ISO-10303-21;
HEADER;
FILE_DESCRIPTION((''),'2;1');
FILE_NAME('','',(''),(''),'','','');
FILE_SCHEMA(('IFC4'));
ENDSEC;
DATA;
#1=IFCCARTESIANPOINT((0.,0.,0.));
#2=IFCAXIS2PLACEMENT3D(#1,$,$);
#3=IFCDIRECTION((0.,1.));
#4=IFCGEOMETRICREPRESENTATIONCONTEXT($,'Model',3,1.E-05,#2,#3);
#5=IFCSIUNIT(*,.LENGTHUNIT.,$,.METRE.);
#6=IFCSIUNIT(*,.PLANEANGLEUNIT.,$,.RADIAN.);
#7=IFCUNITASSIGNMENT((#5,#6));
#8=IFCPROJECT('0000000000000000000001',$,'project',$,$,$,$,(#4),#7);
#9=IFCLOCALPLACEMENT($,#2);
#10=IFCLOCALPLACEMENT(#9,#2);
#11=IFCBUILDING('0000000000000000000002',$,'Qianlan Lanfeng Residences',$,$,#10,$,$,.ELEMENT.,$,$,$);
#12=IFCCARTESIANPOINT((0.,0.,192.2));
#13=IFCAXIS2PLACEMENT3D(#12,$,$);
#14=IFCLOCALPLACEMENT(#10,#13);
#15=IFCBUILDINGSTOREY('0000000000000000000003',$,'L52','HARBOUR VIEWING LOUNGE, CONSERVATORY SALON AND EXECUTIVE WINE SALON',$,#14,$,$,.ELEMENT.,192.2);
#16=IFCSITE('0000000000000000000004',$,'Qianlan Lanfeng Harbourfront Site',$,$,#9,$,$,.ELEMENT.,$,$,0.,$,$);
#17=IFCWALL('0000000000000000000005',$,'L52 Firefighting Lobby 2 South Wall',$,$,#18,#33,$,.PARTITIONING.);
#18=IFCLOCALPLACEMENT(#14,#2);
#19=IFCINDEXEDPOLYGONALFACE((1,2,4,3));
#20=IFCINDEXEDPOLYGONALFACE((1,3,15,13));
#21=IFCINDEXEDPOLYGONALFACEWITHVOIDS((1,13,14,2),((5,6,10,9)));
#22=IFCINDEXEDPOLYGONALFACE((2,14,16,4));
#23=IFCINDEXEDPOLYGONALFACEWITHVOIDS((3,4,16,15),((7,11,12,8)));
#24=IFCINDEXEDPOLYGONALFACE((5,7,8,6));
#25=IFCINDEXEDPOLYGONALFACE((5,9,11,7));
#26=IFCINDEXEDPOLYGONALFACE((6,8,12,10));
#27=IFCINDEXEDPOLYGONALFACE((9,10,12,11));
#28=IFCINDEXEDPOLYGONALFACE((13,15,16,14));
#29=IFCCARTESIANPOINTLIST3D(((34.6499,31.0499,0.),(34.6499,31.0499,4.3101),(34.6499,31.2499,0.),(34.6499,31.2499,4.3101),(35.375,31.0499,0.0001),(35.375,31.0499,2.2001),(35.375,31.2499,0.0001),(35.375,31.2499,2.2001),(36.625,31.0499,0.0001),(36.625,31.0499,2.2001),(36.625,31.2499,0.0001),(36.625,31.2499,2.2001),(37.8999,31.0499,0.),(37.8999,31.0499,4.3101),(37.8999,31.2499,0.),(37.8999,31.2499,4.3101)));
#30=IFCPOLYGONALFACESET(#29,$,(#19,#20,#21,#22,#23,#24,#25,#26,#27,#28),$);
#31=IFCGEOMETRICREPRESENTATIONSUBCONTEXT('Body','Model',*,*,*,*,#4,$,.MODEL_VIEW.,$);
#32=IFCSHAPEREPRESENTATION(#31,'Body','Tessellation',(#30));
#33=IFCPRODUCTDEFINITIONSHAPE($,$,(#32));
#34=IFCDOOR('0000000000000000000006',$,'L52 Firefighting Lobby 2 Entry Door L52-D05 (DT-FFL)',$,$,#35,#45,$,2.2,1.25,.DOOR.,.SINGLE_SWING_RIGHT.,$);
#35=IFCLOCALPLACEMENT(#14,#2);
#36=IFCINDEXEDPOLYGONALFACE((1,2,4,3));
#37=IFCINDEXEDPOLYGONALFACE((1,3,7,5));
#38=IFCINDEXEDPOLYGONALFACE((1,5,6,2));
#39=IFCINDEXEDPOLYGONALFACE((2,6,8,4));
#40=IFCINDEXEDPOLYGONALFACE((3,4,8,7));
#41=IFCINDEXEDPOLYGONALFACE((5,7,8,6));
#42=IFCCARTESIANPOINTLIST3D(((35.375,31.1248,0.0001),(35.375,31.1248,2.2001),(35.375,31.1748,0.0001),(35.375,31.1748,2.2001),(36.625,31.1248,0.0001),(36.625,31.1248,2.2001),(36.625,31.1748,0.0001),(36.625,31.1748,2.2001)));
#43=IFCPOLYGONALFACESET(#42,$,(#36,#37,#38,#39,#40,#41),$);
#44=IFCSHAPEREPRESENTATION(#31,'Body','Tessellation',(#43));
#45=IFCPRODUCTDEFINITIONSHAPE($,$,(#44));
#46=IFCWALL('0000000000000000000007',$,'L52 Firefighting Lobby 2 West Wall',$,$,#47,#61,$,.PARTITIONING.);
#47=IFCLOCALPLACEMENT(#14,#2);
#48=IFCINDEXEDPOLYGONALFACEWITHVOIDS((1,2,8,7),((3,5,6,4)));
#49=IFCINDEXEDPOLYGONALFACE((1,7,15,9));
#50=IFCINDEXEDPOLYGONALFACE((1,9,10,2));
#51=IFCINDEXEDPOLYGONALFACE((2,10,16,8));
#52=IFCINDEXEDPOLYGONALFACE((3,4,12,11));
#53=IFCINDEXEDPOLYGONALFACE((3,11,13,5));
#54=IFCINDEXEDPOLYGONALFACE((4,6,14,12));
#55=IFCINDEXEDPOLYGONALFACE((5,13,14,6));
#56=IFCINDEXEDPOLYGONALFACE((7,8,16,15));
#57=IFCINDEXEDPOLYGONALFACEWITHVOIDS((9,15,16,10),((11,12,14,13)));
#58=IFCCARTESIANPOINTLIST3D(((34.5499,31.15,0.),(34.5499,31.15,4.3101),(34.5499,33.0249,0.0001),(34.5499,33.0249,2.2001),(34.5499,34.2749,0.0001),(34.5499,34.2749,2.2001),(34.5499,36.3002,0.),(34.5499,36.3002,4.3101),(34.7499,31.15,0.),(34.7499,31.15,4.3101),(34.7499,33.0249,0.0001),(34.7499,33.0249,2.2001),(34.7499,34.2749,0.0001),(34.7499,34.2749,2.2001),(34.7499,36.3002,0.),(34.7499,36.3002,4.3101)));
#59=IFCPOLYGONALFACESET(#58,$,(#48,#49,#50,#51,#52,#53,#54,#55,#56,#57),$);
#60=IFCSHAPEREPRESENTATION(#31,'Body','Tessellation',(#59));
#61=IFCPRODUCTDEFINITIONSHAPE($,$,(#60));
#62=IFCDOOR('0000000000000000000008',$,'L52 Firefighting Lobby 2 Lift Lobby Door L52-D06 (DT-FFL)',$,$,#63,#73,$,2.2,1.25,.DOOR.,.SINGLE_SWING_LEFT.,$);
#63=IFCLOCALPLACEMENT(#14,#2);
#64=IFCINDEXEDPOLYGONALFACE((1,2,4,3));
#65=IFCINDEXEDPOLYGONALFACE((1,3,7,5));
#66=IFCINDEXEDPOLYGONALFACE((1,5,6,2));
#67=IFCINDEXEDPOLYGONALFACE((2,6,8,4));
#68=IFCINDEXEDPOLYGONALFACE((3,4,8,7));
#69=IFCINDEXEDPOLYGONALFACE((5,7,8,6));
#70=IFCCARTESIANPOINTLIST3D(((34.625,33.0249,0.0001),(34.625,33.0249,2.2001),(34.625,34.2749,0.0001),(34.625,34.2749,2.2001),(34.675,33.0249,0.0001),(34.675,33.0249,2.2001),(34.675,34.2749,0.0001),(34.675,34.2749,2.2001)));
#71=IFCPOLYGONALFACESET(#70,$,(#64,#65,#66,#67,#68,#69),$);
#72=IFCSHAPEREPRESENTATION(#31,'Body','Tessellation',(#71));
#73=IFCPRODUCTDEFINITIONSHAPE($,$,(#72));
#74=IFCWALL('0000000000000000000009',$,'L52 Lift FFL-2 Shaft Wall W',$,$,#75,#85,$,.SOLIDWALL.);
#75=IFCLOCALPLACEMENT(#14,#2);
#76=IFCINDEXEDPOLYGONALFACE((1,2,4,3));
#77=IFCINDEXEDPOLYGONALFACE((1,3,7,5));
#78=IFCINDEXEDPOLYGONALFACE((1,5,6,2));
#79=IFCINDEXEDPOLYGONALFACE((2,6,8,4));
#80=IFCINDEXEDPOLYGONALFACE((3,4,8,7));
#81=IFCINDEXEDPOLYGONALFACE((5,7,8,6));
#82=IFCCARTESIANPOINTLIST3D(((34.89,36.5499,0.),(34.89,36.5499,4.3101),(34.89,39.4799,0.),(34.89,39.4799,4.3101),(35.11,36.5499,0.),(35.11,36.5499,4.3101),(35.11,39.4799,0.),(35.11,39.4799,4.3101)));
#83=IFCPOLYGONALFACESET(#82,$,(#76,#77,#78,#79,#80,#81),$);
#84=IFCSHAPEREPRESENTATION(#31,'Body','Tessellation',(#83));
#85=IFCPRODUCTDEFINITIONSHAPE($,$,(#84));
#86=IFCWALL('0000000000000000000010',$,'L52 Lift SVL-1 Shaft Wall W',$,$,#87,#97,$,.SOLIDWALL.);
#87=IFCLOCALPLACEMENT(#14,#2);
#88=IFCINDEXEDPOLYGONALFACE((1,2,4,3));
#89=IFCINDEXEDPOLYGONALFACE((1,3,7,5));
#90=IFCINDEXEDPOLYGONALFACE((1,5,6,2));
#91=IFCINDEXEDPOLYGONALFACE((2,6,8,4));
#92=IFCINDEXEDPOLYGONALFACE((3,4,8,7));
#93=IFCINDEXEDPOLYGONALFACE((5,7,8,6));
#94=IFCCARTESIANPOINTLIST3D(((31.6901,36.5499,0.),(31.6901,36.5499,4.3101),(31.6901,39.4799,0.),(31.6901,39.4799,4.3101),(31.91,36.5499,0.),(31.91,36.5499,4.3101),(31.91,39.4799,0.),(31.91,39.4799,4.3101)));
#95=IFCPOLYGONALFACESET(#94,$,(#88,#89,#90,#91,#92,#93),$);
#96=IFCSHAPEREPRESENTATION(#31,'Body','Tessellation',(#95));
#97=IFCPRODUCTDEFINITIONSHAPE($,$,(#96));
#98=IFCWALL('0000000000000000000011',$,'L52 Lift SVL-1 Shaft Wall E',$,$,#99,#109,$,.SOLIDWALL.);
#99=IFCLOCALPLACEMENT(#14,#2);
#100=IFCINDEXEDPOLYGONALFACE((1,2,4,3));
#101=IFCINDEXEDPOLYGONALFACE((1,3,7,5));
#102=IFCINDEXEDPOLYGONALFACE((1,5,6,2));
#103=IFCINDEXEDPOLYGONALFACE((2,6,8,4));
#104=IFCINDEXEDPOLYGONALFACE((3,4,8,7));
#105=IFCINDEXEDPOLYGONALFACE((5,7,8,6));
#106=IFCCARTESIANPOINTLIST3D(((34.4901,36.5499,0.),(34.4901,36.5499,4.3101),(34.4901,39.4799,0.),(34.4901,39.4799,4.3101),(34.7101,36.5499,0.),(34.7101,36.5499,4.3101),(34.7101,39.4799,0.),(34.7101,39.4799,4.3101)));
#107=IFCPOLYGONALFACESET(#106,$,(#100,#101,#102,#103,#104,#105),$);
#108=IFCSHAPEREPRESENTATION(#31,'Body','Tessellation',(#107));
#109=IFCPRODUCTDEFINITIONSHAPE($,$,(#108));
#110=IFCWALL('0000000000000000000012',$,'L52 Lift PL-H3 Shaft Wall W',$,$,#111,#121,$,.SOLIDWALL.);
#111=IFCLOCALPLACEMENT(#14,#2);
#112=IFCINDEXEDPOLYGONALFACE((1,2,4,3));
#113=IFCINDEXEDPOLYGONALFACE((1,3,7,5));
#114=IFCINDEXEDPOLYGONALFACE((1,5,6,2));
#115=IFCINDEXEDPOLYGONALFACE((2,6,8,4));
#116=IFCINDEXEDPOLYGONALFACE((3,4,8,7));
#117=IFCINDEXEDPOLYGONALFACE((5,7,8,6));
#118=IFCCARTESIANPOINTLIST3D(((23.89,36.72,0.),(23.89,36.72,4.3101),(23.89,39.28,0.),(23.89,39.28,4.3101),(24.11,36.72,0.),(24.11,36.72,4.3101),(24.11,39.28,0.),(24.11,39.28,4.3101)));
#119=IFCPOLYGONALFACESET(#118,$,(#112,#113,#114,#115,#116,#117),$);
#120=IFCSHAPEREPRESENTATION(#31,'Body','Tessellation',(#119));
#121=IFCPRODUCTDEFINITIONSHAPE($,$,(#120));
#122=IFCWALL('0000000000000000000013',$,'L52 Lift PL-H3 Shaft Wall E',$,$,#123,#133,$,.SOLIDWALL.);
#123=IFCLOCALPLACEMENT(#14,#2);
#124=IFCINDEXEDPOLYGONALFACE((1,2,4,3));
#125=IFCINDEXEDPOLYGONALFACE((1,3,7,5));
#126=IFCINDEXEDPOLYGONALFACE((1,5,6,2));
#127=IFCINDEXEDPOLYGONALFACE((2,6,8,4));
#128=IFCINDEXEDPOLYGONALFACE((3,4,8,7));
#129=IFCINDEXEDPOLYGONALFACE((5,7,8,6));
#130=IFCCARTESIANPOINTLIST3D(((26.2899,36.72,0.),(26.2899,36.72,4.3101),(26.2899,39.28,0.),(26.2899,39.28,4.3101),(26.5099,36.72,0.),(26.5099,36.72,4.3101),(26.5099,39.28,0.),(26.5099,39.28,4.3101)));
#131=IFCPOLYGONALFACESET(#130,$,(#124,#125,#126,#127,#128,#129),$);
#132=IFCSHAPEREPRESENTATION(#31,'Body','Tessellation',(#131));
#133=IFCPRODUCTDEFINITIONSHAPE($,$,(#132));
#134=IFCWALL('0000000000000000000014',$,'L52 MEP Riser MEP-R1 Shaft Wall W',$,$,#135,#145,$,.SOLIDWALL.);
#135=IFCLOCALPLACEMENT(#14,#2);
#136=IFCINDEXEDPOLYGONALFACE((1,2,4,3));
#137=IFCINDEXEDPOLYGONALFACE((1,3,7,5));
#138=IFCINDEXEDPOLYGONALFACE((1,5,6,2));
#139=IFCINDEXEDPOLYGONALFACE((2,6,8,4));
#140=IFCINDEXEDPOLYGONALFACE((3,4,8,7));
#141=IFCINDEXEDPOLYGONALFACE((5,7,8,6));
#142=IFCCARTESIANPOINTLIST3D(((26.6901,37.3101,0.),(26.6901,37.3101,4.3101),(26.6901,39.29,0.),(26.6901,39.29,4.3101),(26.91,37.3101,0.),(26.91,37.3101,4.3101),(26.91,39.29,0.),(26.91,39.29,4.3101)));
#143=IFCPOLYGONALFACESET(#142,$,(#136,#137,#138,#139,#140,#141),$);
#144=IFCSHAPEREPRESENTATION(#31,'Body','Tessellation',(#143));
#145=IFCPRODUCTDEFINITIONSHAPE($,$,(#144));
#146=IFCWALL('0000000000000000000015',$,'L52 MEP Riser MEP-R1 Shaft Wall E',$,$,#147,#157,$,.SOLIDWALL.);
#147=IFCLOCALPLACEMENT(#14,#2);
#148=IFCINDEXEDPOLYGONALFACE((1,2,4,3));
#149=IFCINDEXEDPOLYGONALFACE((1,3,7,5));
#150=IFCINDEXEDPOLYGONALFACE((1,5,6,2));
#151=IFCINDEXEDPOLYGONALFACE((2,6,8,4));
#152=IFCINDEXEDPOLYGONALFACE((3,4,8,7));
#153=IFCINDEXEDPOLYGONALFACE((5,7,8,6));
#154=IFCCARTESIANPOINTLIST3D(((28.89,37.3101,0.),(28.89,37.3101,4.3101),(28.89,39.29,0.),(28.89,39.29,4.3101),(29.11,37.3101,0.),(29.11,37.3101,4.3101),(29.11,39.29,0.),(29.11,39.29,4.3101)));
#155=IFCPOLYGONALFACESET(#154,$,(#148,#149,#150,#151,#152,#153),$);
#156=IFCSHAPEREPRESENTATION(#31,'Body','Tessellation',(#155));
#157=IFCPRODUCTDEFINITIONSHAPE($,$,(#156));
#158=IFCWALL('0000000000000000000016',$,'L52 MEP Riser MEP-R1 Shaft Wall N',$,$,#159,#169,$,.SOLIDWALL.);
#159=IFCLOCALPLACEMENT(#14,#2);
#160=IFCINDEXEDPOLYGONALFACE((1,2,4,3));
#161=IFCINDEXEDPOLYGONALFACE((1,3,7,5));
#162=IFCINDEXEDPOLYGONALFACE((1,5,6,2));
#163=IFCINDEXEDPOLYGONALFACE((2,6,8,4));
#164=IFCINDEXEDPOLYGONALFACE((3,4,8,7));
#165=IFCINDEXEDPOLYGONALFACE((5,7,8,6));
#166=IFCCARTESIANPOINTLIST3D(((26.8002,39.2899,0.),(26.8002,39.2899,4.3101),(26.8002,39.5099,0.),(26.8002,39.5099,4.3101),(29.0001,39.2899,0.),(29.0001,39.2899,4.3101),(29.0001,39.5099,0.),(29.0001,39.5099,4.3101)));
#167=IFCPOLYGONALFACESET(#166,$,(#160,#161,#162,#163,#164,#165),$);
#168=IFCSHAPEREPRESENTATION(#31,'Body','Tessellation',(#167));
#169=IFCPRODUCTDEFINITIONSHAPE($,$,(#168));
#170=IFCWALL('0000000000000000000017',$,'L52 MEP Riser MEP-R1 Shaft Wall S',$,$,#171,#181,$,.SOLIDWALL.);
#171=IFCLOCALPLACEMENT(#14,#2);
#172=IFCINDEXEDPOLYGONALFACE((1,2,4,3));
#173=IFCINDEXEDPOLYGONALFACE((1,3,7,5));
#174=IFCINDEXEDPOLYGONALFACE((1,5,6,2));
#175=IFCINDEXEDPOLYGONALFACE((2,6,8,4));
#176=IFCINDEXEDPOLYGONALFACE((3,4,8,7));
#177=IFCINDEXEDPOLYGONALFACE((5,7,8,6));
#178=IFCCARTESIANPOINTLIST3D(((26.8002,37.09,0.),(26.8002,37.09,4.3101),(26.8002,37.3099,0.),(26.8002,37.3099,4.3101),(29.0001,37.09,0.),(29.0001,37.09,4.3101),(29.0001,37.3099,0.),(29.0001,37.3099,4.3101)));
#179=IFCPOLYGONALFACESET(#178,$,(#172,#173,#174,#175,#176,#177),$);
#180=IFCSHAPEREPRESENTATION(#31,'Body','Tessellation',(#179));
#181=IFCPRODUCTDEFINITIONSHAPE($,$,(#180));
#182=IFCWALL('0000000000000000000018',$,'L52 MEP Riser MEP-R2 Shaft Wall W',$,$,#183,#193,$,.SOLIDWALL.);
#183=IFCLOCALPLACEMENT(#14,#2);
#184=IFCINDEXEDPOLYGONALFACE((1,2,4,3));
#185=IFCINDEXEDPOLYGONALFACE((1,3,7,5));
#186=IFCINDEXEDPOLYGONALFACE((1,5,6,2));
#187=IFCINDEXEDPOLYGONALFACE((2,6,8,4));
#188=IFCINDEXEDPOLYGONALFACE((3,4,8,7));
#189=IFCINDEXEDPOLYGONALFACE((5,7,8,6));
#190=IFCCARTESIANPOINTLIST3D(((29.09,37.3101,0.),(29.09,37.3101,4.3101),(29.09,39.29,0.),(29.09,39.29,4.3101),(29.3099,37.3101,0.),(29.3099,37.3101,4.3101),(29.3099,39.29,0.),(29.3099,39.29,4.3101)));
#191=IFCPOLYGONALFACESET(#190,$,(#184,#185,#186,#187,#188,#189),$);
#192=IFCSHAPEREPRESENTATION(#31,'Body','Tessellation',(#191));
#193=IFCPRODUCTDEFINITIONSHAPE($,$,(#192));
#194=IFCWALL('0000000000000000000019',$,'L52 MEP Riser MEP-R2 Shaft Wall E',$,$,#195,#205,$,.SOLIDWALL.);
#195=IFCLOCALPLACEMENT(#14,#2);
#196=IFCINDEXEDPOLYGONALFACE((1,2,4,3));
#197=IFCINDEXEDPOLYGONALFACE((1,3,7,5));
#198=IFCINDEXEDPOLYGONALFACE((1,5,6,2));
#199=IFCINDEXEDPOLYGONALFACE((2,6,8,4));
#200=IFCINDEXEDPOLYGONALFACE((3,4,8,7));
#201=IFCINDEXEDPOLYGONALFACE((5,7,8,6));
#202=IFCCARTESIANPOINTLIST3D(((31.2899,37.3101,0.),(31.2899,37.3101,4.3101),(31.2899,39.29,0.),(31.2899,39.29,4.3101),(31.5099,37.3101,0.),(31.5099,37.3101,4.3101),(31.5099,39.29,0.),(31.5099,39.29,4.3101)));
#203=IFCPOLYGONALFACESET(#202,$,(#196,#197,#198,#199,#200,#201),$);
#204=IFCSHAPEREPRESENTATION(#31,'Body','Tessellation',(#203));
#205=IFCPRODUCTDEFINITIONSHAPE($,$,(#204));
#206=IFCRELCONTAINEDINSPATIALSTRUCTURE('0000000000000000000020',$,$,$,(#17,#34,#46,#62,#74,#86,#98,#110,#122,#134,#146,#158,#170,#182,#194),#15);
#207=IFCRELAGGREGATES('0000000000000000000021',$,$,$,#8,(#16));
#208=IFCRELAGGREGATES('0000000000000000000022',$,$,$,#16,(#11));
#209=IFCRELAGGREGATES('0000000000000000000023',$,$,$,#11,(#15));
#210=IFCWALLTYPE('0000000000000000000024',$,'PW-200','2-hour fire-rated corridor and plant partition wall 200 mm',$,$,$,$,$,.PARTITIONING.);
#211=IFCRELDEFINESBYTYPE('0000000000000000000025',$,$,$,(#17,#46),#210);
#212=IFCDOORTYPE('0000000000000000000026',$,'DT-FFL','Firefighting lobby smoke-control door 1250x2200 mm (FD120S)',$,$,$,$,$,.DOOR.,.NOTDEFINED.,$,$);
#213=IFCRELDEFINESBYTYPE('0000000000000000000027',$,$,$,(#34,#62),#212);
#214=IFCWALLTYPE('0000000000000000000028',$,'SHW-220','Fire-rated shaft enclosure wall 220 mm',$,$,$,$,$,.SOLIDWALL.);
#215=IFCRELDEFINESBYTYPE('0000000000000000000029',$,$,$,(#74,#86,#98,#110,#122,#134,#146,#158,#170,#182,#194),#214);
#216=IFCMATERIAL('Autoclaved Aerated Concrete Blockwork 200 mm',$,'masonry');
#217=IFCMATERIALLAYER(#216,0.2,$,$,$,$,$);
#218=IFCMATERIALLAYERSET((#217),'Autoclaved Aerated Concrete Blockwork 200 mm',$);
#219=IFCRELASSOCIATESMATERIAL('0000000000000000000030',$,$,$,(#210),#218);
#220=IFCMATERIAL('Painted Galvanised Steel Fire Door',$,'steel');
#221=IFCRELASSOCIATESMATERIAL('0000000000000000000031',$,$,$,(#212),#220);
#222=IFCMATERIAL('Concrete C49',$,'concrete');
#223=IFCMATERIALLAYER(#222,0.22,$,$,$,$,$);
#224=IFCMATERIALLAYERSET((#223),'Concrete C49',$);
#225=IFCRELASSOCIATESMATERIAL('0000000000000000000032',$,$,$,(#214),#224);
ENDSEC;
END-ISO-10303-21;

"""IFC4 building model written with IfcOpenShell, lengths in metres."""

from ifc_helpers import new_model, si_unit, direction, frame, frame_2d, origin, place, context, subcontext, project, spatial, rectangle, extrude, material, layer, layer_set, type_object, element, fill, save


model = new_model("IFC4")

# Units and contexts
model_context = context("Model", 3, precision=1e-05, world=origin(), true_north=direction((0.0, 1.0)))
body_context = subcontext(model_context, "Body", "Model", "MODEL_VIEW")
ifc_project = project(units=[si_unit("LENGTHUNIT", "METRE"), si_unit("PLANEANGLEUNIT", "RADIAN")], contexts=[model_context])

# Site, building, storey
site_placement = place(None, origin())
site = spatial("IfcSite", under=ifc_project, at=site_placement, Name="Qianlan Lanfeng Harbourfront Site", CompositionType="ELEMENT", RefElevation=0.0)
building_placement = place(site_placement, origin())
building = spatial("IfcBuilding", under=site, at=building_placement, Name="Qianlan Lanfeng Residences", CompositionType="ELEMENT")
storey_placement = place(building_placement, frame((0.0, 0.0, 192.2)))
storey = spatial("IfcBuildingStorey", under=building, at=storey_placement, Name="L52", Description="HARBOUR VIEWING LOUNGE, CONSERVATORY SALON AND EXECUTIVE WINE SALON", CompositionType="ELEMENT", Elevation=192.2)

# Walls, openings, doors
ifc_material_1 = material(Name="Autoclaved Aerated Concrete Blockwork 200 mm", Category="masonry")
ifc_layer_1 = layer(ifc_material_1, 0.2)
ifc_layer_set_1 = layer_set([ifc_layer_1], Name="Autoclaved Aerated Concrete Blockwork 200 mm")
wall_type_1 = type_object("IfcWallType", Name="PW-200", Description="2-hour fire-rated corridor and plant partition wall 200 mm", PredefinedType="PARTITIONING", material=ifc_layer_set_1)
wall_1_placement = place(storey_placement, frame((34.6499, 31.1499, 0.0), z_axis=(0.0, 0.0, 1.0), x_axis=(1.0, 0.0, 0.0)))
wall_1 = element("IfcWall", 1, at=wall_1_placement, inside=storey, type_object=wall_type_1, Name="L52 Firefighting Lobby 2 South Wall", PredefinedType="PARTITIONING", context=body_context, shape_type="SweptSolid", body=[
    extrude(rectangle(XDim=3.25, YDim=0.2, at=frame_2d((1.625, 0.0))), origin(), (0.0, 0.0, 1.0), 4.3101),
])
opening_1_placement = place(wall_1_placement, frame((0.7251, 0.0, 0.0)))
opening_1 = element("IfcOpeningElement", 2, at=opening_1_placement, cuts=wall_1, PredefinedType="OPENING", context=body_context, shape_type="SweptSolid", body=[
    extrude(rectangle(XDim=1.25, YDim=2.2, at=frame_2d((0.625, 1.1001))), frame((0.0, 0.1099, 0.0), z_axis=(0.0, -1.0, 0.0), x_axis=(1.0, 0.0, 0.0)), (0.0, 0.0, 1.0), 0.22),
])
ifc_material_2 = material(Name="Painted Galvanised Steel Fire Door", Category="steel")
door_type = type_object("IfcDoorType", Name="DT-FFL", Description="Firefighting lobby smoke-control door 1250x2200 mm (FD120S)", OperationType="NOTDEFINED", PredefinedType="DOOR", material=ifc_material_2)
door_1_placement = place(opening_1_placement, origin())
door_1 = element("IfcDoor", 3, at=door_1_placement, inside=storey, type_object=door_type, Name="L52 Firefighting Lobby 2 Entry Door L52-D05 (DT-FFL)", OperationType="SINGLE_SWING_RIGHT", OverallHeight=2.2, OverallWidth=1.25, PredefinedType="DOOR", context=body_context, shape_type="SweptSolid", body=[
    extrude(rectangle(XDim=1.25, YDim=2.2, at=frame_2d((0.625, 1.1001))), frame((0.0, 0.0249, 0.0), z_axis=(0.0, -1.0, 0.0), x_axis=(1.0, 0.0, 0.0)), (0.0, 0.0, 1.0), 0.05),
])
fill(opening_1, door_1)
wall_2_placement = place(storey_placement, frame((34.6499, 31.1499, 0.0), z_axis=(0.0, 0.0, 1.0), x_axis=(0.0, 1.0, 0.0)))
wall_2 = element("IfcWall", 4, at=wall_2_placement, inside=storey, type_object=wall_type_1, Name="L52 Firefighting Lobby 2 West Wall", PredefinedType="PARTITIONING", context=body_context, shape_type="SweptSolid", body=[
    extrude(rectangle(XDim=5.1501, YDim=0.2, at=frame_2d((2.5752, 0.0))), origin(), (0.0, 0.0, 1.0), 4.3101),
])
opening_2_placement = place(wall_2_placement, frame((1.875, 0.0, 0.0)))
opening_2 = element("IfcOpeningElement", 5, at=opening_2_placement, cuts=wall_2, PredefinedType="OPENING", context=body_context, shape_type="SweptSolid", body=[
    extrude(rectangle(XDim=1.25, YDim=2.2, at=frame_2d((0.625, 1.1001))), frame((0.0, 0.1099, 0.0), z_axis=(0.0, -1.0, 0.0), x_axis=(1.0, 0.0, 0.0)), (0.0, 0.0, 1.0), 0.22),
])
door_2_placement = place(opening_2_placement, origin())
door_2 = element("IfcDoor", 6, at=door_2_placement, inside=storey, type_object=door_type, Name="L52 Firefighting Lobby 2 Lift Lobby Door L52-D06 (DT-FFL)", OperationType="SINGLE_SWING_LEFT", OverallHeight=2.2, OverallWidth=1.25, PredefinedType="DOOR", context=body_context, shape_type="SweptSolid", body=[
    extrude(rectangle(XDim=1.25, YDim=2.2, at=frame_2d((0.625, 1.1001))), frame((0.0, 0.0249, 0.0), z_axis=(0.0, -1.0, 0.0), x_axis=(1.0, 0.0, 0.0)), (0.0, 0.0, 1.0), 0.05),
])
fill(opening_2, door_2)

# Walls
ifc_material_3 = material(Name="Concrete C49", Category="concrete")
ifc_layer_2 = layer(ifc_material_3, 0.22)
ifc_layer_set_2 = layer_set([ifc_layer_2], Name="Concrete C49")
wall_type_2 = type_object("IfcWallType", Name="SHW-220", Description="Fire-rated shaft enclosure wall 220 mm", PredefinedType="SOLIDWALL", material=ifc_layer_set_2)
for number, where, z_axis, x_axis, name in (
    (7, (35.0, 36.55, 0.0), (0.0, 0.0, 1.0), (0.0, 1.0, 0.0), "L52 Lift FFL-2 Shaft Wall W"),
    (8, (31.8, 36.55, 0.0), (0.0, 0.0, 1.0), (0.0, 1.0, 0.0), "L52 Lift SVL-1 Shaft Wall W"),
    (9, (34.6001, 36.55, 0.0), (0.0, 0.0, 1.0), (0.0, 1.0, 0.0), "L52 Lift SVL-1 Shaft Wall E"),
):
    element("IfcWall", number, at=place(storey_placement, frame(where, z_axis=z_axis, x_axis=x_axis)), inside=storey, type_object=wall_type_2, Name=name, PredefinedType="SOLIDWALL", context=body_context, shape_type="SweptSolid", body=[
        extrude(rectangle(XDim=2.9299, YDim=0.22, at=frame_2d((1.4648, 0.0))), origin(), (0.0, 0.0, 1.0), 4.3101),
    ])
for number, where, z_axis, x_axis, name in (
    (10, (24.0, 36.72, 0.0), (0.0, 0.0, 1.0), (0.0, 1.0, 0.0), "L52 Lift PL-H3 Shaft Wall W"),
    (11, (26.3999, 36.72, 0.0), (0.0, 0.0, 1.0), (0.0, 1.0, 0.0), "L52 Lift PL-H3 Shaft Wall E"),
):
    element("IfcWall", number, at=place(storey_placement, frame(where, z_axis=z_axis, x_axis=x_axis)), inside=storey, type_object=wall_type_2, Name=name, PredefinedType="SOLIDWALL", context=body_context, shape_type="SweptSolid", body=[
        extrude(rectangle(XDim=2.5601, YDim=0.22, at=frame_2d((1.28, 0.0))), origin(), (0.0, 0.0, 1.0), 4.3101),
    ])
for number, where, z_axis, x_axis, name in (
    (12, (26.8, 37.3101, 0.0), (0.0, 0.0, 1.0), (0.0, 1.0, 0.0), "L52 MEP Riser MEP-R1 Shaft Wall W"),
    (13, (29.0, 37.3101, 0.0), (0.0, 0.0, 1.0), (0.0, 1.0, 0.0), "L52 MEP Riser MEP-R1 Shaft Wall E"),
):
    element("IfcWall", number, at=place(storey_placement, frame(where, z_axis=z_axis, x_axis=x_axis)), inside=storey, type_object=wall_type_2, Name=name, PredefinedType="SOLIDWALL", context=body_context, shape_type="SweptSolid", body=[
        extrude(rectangle(XDim=1.98, YDim=0.22, at=frame_2d((0.99, 0.0))), origin(), (0.0, 0.0, 1.0), 4.3101),
    ])
for number, where, z_axis, x_axis, name in (
    (14, (26.8, 39.3999, 0.0), (0.0, 0.0, 1.0), (1.0, 0.0, 0.0), "L52 MEP Riser MEP-R1 Shaft Wall N"),
    (15, (26.8, 37.2, 0.0), (0.0, 0.0, 1.0), (1.0, 0.0, 0.0), "L52 MEP Riser MEP-R1 Shaft Wall S"),
):
    element("IfcWall", number, at=place(storey_placement, frame(where, z_axis=z_axis, x_axis=x_axis)), inside=storey, type_object=wall_type_2, Name=name, PredefinedType="SOLIDWALL", context=body_context, shape_type="SweptSolid", body=[
        extrude(rectangle(XDim=2.2, YDim=0.22, at=frame_2d((1.1001, 0.0))), origin(), (0.0, 0.0, 1.0), 4.3101),
    ])
for number, where, z_axis, x_axis, name in (
    (16, (29.2, 37.3101, 0.0), (0.0, 0.0, 1.0), (0.0, 1.0, 0.0), "L52 MEP Riser MEP-R2 Shaft Wall W"),
    (17, (31.3999, 37.3101, 0.0), (0.0, 0.0, 1.0), (0.0, 1.0, 0.0), "L52 MEP Riser MEP-R2 Shaft Wall E"),
):
    element("IfcWall", number, at=place(storey_placement, frame(where, z_axis=z_axis, x_axis=x_axis)), inside=storey, type_object=wall_type_2, Name=name, PredefinedType="SOLIDWALL", context=body_context, shape_type="SweptSolid", body=[
        extrude(rectangle(XDim=1.98, YDim=0.22, at=frame_2d((0.99, 0.0))), origin(), (0.0, 0.0, 1.0), 4.3101),
    ])

save(model, "model.ifc")
